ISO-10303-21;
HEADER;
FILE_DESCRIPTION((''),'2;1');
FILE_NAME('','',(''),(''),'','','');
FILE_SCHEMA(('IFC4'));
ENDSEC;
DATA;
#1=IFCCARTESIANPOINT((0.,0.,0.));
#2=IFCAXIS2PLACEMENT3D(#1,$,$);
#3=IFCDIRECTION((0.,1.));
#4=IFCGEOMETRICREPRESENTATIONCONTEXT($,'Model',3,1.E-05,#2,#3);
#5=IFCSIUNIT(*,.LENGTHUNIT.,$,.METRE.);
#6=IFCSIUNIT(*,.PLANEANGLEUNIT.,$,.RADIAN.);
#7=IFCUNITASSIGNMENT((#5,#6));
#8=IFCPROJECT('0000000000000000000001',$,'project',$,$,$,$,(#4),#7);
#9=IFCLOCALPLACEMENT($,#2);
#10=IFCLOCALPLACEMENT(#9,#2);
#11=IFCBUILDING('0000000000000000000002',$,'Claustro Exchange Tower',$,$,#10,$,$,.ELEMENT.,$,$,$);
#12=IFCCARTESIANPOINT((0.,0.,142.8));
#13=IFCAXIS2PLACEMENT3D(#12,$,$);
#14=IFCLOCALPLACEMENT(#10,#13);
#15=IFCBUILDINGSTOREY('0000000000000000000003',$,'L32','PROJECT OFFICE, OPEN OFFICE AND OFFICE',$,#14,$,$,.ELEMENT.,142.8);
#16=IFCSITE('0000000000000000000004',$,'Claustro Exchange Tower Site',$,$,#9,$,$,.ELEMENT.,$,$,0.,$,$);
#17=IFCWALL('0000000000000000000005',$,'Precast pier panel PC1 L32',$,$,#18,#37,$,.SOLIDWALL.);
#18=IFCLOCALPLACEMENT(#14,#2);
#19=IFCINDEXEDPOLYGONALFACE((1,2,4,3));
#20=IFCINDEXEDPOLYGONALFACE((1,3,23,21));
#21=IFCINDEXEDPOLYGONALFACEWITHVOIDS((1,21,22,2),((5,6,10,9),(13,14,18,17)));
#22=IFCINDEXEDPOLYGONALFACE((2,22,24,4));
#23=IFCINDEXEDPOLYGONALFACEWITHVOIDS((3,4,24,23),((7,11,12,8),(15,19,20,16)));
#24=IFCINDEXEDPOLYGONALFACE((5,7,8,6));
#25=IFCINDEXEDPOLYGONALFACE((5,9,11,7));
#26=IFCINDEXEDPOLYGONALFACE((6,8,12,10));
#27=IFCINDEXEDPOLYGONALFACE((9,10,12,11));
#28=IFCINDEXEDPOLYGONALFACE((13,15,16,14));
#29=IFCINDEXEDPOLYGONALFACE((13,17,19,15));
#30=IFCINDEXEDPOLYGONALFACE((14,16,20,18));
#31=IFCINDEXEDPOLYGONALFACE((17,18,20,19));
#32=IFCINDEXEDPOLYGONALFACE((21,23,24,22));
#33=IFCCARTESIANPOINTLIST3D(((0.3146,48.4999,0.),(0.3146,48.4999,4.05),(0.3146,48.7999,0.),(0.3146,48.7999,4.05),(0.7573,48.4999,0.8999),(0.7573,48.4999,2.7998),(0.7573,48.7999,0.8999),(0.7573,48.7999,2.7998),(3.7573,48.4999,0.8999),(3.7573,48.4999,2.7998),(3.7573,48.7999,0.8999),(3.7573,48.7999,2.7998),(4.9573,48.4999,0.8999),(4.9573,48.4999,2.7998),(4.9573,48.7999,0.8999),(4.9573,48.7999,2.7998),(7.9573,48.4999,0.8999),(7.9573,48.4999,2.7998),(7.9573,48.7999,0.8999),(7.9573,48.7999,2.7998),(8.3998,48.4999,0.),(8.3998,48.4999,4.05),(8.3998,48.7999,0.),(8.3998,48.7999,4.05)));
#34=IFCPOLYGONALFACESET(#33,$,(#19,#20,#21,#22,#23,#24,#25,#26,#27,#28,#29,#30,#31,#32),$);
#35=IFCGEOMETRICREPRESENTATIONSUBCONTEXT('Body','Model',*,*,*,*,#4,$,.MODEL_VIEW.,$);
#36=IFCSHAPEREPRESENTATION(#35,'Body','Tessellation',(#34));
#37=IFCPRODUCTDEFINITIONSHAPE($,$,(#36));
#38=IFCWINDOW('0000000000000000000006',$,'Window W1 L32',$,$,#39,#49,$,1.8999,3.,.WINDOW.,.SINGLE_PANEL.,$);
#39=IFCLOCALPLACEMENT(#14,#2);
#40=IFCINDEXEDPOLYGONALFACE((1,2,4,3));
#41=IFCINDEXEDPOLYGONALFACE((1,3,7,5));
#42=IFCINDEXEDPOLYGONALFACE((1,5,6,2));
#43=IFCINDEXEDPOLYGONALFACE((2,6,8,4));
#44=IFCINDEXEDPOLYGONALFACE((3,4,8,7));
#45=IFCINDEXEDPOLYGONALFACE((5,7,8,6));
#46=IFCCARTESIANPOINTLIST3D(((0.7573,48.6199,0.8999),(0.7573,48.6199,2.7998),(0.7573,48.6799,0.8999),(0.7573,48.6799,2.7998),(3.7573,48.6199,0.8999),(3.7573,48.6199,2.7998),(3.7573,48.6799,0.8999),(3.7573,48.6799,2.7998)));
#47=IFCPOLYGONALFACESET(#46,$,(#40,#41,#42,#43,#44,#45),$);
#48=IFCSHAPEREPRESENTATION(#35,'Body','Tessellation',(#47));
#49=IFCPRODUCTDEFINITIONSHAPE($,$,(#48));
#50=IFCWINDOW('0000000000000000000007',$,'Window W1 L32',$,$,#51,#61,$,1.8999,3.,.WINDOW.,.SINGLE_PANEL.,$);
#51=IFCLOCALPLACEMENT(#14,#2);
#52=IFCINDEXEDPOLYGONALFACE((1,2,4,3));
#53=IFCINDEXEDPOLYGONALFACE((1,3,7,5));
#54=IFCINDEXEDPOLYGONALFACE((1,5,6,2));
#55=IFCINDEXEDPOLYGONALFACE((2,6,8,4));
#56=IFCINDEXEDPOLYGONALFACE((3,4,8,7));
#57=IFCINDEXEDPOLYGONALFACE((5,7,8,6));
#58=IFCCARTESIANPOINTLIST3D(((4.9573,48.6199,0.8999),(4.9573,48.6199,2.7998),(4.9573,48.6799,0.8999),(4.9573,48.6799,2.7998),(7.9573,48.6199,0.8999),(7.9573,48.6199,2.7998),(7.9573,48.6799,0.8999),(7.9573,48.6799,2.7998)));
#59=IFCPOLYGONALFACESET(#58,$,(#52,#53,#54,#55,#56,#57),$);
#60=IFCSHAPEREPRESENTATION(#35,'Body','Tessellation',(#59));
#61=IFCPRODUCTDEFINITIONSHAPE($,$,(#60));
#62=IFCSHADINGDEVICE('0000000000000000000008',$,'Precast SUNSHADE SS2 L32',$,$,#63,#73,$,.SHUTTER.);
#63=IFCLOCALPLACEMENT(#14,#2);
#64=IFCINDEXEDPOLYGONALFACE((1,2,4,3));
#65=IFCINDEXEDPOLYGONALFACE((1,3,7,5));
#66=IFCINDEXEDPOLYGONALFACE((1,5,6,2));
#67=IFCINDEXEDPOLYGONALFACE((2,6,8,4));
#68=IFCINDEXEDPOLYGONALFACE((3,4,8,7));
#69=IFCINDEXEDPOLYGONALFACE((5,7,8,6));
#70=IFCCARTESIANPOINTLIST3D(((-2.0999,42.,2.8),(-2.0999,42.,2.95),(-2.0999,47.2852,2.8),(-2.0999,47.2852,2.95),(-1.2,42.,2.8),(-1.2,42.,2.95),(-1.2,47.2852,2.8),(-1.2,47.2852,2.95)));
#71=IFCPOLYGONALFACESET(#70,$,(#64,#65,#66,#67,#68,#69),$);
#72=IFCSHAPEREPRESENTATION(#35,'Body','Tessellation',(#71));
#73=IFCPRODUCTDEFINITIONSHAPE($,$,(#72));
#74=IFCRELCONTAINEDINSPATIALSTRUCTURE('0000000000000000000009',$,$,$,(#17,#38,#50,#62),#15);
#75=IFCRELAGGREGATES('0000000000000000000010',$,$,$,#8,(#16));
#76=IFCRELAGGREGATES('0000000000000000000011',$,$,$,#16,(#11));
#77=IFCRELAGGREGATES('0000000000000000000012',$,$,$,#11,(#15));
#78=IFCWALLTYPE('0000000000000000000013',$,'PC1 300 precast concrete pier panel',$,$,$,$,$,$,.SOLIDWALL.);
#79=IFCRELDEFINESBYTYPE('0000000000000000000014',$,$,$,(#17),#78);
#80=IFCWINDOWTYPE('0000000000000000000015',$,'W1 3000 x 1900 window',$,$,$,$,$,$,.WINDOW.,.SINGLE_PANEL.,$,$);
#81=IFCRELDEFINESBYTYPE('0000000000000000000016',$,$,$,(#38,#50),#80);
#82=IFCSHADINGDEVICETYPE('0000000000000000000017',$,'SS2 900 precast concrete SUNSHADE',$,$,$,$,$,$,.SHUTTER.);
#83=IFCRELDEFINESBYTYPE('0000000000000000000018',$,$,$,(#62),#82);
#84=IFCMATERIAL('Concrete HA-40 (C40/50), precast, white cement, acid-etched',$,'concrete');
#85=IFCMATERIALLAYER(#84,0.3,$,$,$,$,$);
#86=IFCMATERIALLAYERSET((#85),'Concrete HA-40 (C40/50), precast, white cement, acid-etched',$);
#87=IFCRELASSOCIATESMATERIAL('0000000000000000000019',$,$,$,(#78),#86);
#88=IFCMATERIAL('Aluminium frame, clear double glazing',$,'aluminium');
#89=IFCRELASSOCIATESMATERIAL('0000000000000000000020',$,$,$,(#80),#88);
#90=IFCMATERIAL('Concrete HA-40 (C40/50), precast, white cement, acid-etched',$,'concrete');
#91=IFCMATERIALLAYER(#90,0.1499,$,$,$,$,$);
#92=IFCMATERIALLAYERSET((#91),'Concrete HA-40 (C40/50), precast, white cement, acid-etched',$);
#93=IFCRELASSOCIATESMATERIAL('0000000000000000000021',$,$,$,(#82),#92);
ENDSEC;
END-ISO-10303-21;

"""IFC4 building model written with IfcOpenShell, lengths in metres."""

from ifc_helpers import new_model, si_unit, direction, frame, frame_2d, origin, origin_2d, place, context, subcontext, project, spatial, rectangle, extrude, material, layer, layer_set, type_object, element, fill, save


model = new_model("IFC4")

# Units and contexts
model_context = context("Model", 3, precision=1e-05, world=origin(), true_north=direction((0.0, 1.0)))
body_context = subcontext(model_context, "Body", "Model", "MODEL_VIEW")
ifc_project = project(units=[si_unit("LENGTHUNIT", "METRE"), si_unit("PLANEANGLEUNIT", "RADIAN")], contexts=[model_context])

# Site, building, storey
site_placement = place(None, origin())
site = spatial("IfcSite", under=ifc_project, at=site_placement, Name="Claustro Exchange Tower Site", CompositionType="ELEMENT", RefElevation=0.0)
building_placement = place(site_placement, origin())
building = spatial("IfcBuilding", under=site, at=building_placement, Name="Claustro Exchange Tower", CompositionType="ELEMENT")
storey_placement = place(building_placement, frame((0.0, 0.0, 142.8)))
storey = spatial("IfcBuildingStorey", under=building, at=storey_placement, Name="L32", Description="PROJECT OFFICE, OPEN OFFICE AND OFFICE", CompositionType="ELEMENT", Elevation=142.8)

# Shared definitions
ifc_material_1 = material(Name="Concrete HA-40 (C40/50), precast, white cement, acid-etched", Category="concrete")
ifc_layer_1 = layer(ifc_material_1, 0.3)
ifc_layer_set_1 = layer_set([ifc_layer_1], Name="Concrete HA-40 (C40/50), precast, white cement, acid-etched")
wall_type_1 = type_object("IfcWallType", Name="PC1 300 precast concrete pier panel", PredefinedType="SOLIDWALL", material=ifc_layer_set_1)

# Wall, openings, windows
wall_1_placement = place(storey_placement, frame((0.3147, 48.6499, 0.0), z_axis=(0.0, 0.0, 1.0), x_axis=(1.0, 0.0, 0.0)))
wall_1 = element("IfcWall", 1, at=wall_1_placement, inside=storey, type_object=wall_type_1, Name="Precast pier panel PC1 L32", PredefinedType="SOLIDWALL", context=body_context, shape_type="SweptSolid", body=[
    extrude(rectangle(XDim=8.0852, YDim=0.3, at=frame_2d((4.0425, 0.0))), origin(), (0.0, 0.0, 1.0), 4.05),
])
opening_1_placement = place(wall_1_placement, frame((0.4426, 0.0, 0.8999)))
opening_1 = element("IfcOpeningElement", 2, at=opening_1_placement, cuts=wall_1, PredefinedType="OPENING", context=body_context, shape_type="SweptSolid", body=[
    extrude(rectangle(XDim=3.0, YDim=1.8999, at=frame_2d((1.5, 0.95))), frame((0.0, 0.1599, 0.0), z_axis=(0.0, -1.0, 0.0), x_axis=(1.0, 0.0, 0.0)), (0.0, 0.0, 1.0), 0.3201),
])
opening_2_placement = place(wall_1_placement, frame((4.6426, 0.0, 0.8999)))
opening_2 = element("IfcOpeningElement", 3, at=opening_2_placement, cuts=wall_1, PredefinedType="OPENING", context=body_context, shape_type="SweptSolid", body=[
    extrude(rectangle(XDim=3.0, YDim=1.8999, at=frame_2d((1.5, 0.95))), frame((0.0, 0.1599, 0.0), z_axis=(0.0, -1.0, 0.0), x_axis=(1.0, 0.0, 0.0)), (0.0, 0.0, 1.0), 0.3201),
])
ifc_material_2 = material(Name="Aluminium frame, clear double glazing", Category="aluminium")
window_type = type_object("IfcWindowType", Name="W1 3000 x 1900 window", PartitioningType="SINGLE_PANEL", PredefinedType="WINDOW", material=ifc_material_2)
window_1_placement = place(opening_1_placement, origin())
window_1 = element("IfcWindow", 4, at=window_1_placement, inside=storey, type_object=window_type, Name="Window W1 L32", OverallHeight=1.8999, OverallWidth=3.0, PartitioningType="SINGLE_PANEL", PredefinedType="WINDOW", context=body_context, shape_type="SweptSolid", body=[
    extrude(rectangle(XDim=3.0, YDim=1.8999, at=frame_2d((1.5, 0.95))), frame((0.0, 0.03, 0.0), z_axis=(0.0, -1.0, 0.0), x_axis=(1.0, 0.0, 0.0)), (0.0, 0.0, 1.0), 0.0601),
])
fill(opening_1, window_1)
window_2_placement = place(opening_2_placement, origin())
window_2 = element("IfcWindow", 5, at=window_2_placement, inside=storey, type_object=window_type, Name="Window W1 L32", OverallHeight=1.8999, OverallWidth=3.0, PartitioningType="SINGLE_PANEL", PredefinedType="WINDOW", context=body_context, shape_type="SweptSolid", body=[
    extrude(rectangle(XDim=3.0, YDim=1.8999, at=frame_2d((1.5, 0.95))), frame((0.0, 0.03, 0.0), z_axis=(0.0, -1.0, 0.0), x_axis=(1.0, 0.0, 0.0)), (0.0, 0.0, 1.0), 0.0601),
])
fill(opening_2, window_2)

# Shading device
ifc_material_3 = material(Name="Concrete HA-40 (C40/50), precast, white cement, acid-etched", Category="concrete")
ifc_layer_2 = layer(ifc_material_3, 0.1499)
ifc_layer_set_2 = layer_set([ifc_layer_2], Name="Concrete HA-40 (C40/50), precast, white cement, acid-etched")
shading_device_type = type_object("IfcShadingDeviceType", Name="SS2 900 precast concrete SUNSHADE", PredefinedType="SHUTTER", material=ifc_layer_set_2)
shading_device_placement = place(storey_placement, frame((-1.6499, 44.6426, 2.8), z_axis=(0.0, 0.0, 1.0), x_axis=(0.0, 1.0, 0.0)))
element("IfcShadingDevice", 6, at=shading_device_placement, inside=storey, type_object=shading_device_type, Name="Precast SUNSHADE SS2 L32", PredefinedType="SHUTTER", context=body_context, shape_type="SweptSolid", body=[
    extrude(rectangle(XDim=5.2852, YDim=0.8999, at=origin_2d()), origin(), (0.0, 0.0, 1.0), 0.1499),
])

save(model, "model.ifc")
